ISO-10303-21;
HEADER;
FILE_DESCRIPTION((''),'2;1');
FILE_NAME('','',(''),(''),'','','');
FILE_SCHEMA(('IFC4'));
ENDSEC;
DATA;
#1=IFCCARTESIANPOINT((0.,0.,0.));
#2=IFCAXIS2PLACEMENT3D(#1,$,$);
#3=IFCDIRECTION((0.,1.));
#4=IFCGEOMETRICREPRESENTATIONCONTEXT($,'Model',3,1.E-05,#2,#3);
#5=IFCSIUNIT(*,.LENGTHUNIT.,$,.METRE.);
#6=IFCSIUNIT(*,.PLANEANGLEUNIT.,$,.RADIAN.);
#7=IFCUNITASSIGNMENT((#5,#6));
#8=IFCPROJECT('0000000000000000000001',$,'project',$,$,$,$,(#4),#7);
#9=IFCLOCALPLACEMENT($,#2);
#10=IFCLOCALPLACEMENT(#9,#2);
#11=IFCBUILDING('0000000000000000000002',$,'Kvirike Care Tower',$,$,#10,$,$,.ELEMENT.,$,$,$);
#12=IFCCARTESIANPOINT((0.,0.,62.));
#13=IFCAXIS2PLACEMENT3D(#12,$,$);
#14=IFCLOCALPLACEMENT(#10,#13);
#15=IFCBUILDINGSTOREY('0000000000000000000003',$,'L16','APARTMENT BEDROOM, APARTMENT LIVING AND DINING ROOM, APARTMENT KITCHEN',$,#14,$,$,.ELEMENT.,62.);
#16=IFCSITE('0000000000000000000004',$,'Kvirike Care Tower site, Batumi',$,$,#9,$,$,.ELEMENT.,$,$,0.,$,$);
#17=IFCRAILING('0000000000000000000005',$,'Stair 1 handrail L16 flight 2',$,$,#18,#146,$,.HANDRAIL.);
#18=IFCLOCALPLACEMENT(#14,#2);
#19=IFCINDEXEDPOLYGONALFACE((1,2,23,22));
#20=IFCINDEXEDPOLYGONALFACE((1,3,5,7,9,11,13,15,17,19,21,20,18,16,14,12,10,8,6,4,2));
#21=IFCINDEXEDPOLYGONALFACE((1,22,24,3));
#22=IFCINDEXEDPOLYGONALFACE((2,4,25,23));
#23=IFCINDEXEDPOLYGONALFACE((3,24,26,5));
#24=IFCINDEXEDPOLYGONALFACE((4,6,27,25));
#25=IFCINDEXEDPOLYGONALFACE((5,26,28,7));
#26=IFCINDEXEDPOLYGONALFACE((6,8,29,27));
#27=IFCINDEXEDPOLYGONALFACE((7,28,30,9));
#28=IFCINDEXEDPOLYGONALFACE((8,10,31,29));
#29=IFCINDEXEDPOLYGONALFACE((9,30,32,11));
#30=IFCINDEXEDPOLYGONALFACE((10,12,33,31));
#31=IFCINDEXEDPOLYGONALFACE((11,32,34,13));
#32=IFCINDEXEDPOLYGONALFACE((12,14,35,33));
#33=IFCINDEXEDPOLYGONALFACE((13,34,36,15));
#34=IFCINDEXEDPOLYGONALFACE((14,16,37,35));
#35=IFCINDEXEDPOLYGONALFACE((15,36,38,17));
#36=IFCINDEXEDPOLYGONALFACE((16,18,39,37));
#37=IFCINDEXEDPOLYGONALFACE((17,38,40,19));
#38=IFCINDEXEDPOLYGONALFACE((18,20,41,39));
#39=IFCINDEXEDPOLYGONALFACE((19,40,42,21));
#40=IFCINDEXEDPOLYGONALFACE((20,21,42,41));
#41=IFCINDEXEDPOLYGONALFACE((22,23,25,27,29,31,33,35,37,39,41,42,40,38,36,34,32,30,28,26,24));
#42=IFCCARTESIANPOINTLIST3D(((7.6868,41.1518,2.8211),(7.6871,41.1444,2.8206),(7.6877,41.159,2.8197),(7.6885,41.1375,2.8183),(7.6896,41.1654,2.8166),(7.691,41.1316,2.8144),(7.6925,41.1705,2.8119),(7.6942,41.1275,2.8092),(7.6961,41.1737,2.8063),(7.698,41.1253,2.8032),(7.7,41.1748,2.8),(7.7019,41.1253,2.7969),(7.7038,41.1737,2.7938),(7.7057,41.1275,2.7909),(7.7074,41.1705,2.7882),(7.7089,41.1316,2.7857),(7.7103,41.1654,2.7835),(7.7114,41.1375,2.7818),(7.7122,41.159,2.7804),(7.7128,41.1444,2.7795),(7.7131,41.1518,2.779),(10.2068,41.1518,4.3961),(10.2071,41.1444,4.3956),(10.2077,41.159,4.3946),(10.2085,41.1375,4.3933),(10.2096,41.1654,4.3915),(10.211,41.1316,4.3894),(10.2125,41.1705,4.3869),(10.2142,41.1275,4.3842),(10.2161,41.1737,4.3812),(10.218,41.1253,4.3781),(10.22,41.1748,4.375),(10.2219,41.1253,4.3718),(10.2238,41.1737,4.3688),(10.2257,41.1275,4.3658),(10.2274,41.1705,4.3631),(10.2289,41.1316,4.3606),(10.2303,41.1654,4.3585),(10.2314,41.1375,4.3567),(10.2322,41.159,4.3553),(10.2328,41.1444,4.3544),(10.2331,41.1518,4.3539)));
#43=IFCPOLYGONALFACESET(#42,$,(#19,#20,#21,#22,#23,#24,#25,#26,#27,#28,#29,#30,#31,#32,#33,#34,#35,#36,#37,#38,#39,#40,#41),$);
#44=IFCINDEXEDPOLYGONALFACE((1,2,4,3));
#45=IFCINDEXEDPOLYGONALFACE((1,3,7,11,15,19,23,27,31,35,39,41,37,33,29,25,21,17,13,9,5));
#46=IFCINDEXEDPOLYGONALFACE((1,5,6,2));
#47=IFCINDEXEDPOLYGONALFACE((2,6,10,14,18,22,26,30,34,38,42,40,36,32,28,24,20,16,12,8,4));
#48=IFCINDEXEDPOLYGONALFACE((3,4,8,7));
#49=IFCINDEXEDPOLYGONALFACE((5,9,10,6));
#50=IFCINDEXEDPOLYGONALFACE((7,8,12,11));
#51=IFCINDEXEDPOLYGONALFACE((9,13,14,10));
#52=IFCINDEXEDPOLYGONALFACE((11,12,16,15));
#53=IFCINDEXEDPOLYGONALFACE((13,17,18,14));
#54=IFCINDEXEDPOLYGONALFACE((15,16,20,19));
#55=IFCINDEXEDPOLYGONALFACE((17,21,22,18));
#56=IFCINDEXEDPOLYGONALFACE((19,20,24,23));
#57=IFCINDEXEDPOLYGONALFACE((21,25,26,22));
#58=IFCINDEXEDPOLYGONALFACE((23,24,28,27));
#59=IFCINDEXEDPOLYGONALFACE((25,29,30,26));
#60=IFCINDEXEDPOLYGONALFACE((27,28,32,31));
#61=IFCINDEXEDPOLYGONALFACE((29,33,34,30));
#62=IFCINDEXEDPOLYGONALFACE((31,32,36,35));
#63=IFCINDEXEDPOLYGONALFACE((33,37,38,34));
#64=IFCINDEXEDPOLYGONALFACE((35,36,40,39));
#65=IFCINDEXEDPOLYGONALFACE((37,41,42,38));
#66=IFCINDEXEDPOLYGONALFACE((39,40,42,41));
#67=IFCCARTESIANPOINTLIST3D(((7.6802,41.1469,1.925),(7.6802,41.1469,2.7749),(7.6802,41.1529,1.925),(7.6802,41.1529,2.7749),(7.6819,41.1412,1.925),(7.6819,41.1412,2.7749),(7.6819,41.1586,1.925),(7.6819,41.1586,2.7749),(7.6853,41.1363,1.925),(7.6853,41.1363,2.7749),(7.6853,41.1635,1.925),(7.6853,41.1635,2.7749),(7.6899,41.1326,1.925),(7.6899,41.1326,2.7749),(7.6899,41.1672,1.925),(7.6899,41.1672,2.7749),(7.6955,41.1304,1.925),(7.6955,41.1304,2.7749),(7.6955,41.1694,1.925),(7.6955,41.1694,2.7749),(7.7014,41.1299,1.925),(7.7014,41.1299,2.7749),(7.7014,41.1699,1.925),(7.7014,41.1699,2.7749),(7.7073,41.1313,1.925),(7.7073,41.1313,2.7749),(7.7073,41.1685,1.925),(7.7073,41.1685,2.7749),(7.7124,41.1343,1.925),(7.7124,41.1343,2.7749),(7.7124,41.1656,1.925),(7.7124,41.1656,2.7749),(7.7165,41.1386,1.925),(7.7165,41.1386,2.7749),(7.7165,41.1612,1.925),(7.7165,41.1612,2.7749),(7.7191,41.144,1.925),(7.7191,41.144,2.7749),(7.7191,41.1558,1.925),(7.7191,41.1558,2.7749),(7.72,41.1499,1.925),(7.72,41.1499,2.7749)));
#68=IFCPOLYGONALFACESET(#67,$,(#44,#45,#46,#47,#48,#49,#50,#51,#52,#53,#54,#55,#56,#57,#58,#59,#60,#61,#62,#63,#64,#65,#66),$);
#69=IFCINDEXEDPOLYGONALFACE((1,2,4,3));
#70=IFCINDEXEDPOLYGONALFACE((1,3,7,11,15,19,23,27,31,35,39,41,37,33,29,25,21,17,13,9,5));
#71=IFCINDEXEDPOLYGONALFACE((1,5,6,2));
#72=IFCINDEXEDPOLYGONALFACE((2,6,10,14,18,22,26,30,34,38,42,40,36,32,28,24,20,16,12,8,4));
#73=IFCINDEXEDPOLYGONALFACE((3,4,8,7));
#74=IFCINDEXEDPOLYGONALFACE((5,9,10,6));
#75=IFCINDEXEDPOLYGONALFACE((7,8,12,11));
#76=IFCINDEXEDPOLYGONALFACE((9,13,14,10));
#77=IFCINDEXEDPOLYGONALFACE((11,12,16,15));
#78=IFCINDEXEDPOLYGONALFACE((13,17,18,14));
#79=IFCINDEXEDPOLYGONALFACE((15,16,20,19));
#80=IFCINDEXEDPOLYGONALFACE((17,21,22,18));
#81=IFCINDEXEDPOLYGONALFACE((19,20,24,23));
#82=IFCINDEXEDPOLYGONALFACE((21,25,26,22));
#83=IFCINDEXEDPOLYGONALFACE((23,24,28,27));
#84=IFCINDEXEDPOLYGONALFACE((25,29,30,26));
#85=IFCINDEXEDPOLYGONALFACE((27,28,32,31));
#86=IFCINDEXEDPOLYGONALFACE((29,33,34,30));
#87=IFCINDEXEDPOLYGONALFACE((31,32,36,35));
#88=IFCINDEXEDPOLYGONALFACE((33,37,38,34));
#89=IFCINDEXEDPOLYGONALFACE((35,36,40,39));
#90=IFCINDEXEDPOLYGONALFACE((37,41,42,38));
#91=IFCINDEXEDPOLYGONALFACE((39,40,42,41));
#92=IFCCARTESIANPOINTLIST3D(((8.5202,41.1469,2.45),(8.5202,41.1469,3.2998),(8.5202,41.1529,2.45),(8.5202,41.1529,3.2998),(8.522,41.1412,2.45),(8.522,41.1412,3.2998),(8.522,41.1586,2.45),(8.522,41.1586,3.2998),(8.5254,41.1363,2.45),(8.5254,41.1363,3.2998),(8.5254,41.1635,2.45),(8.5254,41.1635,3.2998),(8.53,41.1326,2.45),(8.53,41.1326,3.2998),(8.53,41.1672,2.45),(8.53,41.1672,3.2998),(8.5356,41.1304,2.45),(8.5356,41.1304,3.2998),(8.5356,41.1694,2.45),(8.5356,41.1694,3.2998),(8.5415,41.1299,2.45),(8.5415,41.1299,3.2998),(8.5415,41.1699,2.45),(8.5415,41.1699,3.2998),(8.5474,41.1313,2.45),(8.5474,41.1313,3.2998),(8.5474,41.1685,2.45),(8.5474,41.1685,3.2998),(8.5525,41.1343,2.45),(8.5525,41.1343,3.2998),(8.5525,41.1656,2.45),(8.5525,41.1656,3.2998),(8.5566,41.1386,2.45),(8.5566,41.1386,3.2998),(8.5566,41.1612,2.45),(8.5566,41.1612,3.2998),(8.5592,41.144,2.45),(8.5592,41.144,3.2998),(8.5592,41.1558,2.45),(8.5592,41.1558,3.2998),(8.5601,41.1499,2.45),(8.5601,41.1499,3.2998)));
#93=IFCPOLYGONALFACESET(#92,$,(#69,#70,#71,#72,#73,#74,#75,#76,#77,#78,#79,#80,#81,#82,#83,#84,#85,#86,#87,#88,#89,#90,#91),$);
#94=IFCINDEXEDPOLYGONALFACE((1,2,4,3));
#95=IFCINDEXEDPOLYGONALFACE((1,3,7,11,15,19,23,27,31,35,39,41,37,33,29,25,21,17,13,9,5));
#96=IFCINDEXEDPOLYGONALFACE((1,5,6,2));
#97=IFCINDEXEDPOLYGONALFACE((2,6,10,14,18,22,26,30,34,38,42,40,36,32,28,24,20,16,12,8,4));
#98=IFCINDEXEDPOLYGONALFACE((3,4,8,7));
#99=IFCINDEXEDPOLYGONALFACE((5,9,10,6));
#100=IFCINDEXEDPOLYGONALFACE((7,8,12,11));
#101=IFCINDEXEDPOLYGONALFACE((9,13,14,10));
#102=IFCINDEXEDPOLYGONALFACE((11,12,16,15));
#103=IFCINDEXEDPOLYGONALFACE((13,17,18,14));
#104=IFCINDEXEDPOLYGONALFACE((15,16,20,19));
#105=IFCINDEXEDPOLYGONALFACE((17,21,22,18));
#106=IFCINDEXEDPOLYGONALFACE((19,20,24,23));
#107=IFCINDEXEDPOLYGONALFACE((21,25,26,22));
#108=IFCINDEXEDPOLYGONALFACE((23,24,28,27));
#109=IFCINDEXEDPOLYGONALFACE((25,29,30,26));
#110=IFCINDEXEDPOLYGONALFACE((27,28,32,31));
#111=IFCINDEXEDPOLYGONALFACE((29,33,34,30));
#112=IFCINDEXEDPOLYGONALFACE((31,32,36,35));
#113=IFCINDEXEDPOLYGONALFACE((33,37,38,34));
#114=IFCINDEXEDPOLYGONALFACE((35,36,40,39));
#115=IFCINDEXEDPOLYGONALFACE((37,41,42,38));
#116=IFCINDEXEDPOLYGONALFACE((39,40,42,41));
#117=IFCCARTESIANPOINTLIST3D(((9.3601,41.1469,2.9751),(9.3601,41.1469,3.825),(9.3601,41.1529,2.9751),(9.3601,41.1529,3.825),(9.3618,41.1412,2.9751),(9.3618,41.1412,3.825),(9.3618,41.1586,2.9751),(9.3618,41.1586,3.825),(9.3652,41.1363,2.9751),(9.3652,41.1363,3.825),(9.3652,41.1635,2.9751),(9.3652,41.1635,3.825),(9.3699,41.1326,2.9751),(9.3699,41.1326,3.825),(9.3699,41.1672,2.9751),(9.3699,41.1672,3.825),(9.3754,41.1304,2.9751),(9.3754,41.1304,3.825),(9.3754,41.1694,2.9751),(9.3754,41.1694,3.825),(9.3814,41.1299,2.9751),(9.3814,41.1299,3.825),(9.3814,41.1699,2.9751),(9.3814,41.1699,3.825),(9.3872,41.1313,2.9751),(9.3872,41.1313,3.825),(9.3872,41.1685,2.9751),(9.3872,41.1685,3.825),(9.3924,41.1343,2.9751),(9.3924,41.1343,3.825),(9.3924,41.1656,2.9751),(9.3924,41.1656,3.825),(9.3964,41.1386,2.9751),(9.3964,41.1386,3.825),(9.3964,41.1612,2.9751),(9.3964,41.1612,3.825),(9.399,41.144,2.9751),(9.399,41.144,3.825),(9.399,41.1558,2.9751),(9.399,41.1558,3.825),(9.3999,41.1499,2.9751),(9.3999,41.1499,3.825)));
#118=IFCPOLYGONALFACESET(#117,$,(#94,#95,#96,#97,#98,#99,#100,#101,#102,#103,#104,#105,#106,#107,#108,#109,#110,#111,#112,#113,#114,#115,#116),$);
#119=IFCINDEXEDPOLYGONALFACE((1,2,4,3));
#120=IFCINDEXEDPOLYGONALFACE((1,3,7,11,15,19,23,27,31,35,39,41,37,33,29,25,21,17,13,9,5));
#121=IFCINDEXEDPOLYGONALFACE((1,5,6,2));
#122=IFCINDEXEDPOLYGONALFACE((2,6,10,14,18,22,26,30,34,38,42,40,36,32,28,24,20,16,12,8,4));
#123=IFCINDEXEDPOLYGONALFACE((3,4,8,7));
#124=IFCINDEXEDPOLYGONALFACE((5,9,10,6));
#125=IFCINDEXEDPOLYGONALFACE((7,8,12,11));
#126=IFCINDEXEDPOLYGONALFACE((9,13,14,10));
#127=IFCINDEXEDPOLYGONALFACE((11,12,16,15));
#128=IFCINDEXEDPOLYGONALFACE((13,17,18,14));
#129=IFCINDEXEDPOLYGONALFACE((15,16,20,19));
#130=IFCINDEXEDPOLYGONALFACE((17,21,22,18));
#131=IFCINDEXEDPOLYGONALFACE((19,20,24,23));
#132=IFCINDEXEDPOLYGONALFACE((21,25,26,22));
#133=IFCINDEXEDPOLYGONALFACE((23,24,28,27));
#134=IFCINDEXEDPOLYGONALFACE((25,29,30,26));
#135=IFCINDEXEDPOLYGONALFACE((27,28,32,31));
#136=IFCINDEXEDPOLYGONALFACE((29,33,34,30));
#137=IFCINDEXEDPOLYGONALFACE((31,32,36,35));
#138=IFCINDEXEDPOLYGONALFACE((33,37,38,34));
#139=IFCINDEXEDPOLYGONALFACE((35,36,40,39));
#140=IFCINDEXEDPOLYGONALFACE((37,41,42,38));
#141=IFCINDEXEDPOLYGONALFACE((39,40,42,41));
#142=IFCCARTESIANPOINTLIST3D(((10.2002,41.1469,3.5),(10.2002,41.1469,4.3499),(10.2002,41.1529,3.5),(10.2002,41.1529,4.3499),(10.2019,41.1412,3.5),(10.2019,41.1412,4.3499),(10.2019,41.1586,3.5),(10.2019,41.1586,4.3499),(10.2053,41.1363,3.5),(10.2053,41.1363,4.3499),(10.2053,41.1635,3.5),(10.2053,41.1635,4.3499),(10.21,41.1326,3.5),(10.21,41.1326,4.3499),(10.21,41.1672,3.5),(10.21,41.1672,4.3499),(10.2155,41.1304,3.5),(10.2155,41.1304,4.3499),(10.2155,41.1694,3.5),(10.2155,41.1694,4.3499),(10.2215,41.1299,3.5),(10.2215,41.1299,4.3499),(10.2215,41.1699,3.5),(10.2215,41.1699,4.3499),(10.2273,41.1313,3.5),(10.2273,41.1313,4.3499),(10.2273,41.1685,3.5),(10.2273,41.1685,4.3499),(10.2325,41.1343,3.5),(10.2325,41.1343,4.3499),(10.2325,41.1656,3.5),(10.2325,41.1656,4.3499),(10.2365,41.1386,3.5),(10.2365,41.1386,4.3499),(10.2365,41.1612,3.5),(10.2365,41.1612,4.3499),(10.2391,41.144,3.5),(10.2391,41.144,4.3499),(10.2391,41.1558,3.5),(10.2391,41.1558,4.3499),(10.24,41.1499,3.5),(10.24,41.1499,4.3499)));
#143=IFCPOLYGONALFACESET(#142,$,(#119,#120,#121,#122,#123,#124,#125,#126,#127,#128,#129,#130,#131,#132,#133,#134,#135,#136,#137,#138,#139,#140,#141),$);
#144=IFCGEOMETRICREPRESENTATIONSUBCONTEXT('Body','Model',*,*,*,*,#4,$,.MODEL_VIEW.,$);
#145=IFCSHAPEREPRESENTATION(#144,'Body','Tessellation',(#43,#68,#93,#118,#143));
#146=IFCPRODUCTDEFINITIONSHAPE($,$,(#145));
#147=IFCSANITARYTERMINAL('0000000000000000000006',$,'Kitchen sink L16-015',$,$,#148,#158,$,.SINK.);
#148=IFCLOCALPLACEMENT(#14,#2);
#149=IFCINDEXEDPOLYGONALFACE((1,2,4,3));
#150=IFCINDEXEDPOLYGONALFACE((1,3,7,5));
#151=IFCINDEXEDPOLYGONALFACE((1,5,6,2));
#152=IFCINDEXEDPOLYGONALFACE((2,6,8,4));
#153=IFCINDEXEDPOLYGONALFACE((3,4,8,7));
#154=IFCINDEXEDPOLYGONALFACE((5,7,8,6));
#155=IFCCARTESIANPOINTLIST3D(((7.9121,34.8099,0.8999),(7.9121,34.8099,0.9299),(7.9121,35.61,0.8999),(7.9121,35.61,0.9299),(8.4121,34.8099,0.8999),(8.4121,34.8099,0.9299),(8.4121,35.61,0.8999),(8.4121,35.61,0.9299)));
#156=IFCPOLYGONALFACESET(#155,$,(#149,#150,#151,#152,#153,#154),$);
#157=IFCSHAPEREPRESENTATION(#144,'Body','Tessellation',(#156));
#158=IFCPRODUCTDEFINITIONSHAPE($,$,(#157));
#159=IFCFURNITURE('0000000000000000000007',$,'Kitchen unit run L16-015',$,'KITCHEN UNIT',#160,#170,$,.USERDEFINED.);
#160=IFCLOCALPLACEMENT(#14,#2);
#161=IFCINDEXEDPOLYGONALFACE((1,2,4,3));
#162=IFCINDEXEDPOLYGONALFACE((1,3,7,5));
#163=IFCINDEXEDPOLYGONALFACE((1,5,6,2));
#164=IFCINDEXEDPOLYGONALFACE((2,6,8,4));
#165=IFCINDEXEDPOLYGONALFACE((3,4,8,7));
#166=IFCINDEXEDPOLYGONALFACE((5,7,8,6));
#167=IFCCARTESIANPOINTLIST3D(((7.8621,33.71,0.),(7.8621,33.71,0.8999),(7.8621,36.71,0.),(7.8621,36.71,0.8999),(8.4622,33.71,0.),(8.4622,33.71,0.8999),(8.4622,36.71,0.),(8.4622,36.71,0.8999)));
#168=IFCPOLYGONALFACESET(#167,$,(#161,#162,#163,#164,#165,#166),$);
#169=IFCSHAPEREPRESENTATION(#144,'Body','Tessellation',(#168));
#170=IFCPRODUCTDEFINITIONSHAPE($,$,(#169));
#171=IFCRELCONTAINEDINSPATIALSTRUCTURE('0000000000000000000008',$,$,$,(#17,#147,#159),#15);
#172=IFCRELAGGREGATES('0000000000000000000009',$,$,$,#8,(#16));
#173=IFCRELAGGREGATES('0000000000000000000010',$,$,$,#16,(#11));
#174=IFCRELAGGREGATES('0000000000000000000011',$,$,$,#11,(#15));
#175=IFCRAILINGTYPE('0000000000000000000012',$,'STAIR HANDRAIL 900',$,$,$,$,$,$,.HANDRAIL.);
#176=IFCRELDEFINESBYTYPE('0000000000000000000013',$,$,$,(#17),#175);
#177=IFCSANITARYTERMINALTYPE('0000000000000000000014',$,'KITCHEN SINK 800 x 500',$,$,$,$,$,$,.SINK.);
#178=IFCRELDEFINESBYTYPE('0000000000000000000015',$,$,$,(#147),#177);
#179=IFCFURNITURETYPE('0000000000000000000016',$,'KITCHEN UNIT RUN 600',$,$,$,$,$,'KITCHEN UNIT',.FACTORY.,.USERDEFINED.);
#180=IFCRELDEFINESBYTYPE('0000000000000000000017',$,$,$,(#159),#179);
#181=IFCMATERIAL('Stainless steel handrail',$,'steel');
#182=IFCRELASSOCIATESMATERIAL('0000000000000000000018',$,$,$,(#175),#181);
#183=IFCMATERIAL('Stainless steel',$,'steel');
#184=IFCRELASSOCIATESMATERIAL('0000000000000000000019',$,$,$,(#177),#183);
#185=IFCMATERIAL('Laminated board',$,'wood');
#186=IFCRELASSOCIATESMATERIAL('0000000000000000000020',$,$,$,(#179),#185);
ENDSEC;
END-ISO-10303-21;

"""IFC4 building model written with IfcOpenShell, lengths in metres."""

from ifc_helpers import new_model, si_unit, direction, frame, origin, origin_2d, place, context, subcontext, project, spatial, rectangle, circle, extrude, material, type_object, element, save


model = new_model("IFC4")

# Units and contexts
model_context = context("Model", 3, precision=1e-05, world=origin(), true_north=direction((0.0, 1.0)))
body_context = subcontext(model_context, "Body", "Model", "MODEL_VIEW")
ifc_project = project(units=[si_unit("LENGTHUNIT", "METRE"), si_unit("PLANEANGLEUNIT", "RADIAN")], contexts=[model_context])

# Site, building, storey
site_placement = place(None, origin())
site = spatial("IfcSite", under=ifc_project, at=site_placement, Name="Kvirike Care Tower site, Batumi", CompositionType="ELEMENT", RefElevation=0.0)
building_placement = place(site_placement, origin())
building = spatial("IfcBuilding", under=site, at=building_placement, Name="Kvirike Care Tower", CompositionType="ELEMENT")
storey_placement = place(building_placement, frame((0.0, 0.0, 62.0)))
storey = spatial("IfcBuildingStorey", under=building, at=storey_placement, Name="L16", Description="APARTMENT BEDROOM, APARTMENT LIVING AND DINING ROOM, APARTMENT KITCHEN", CompositionType="ELEMENT", Elevation=62.0)

# Railing
ifc_material_1 = material(Name="Stainless steel handrail", Category="steel")
railing_type = type_object("IfcRailingType", Name="STAIR HANDRAIL 900", PredefinedType="HANDRAIL", material=ifc_material_1)
railing_1_placement = place(storey_placement, frame((7.7, 41.1499, 1.925)))
element("IfcRailing", 1, at=railing_1_placement, inside=storey, type_object=railing_type, Name="Stair 1 handrail L16 flight 2", PredefinedType="HANDRAIL", context=body_context, shape_type="SweptSolid", body=[
    extrude(circle(Radius=0.0249, at=origin_2d()), frame((0.0, 0.0, 0.875), z_axis=(0.848008, 0.0, 0.529984), x_axis=(0.0, 1.0, 0.0)), (0.0, 0.0, 1.0), 2.9717),
    extrude(circle(Radius=0.02, at=origin_2d()), origin(), (0.0, 0.0, 1.0), 0.8499),
    extrude(circle(Radius=0.02, at=origin_2d()), frame((0.8401, 0.0, 0.5249)), (0.0, 0.0, 1.0), 0.8499),
    extrude(circle(Radius=0.02, at=origin_2d()), frame((1.6799, 0.0, 1.05)), (0.0, 0.0, 1.0), 0.8499),
    extrude(circle(Radius=0.02, at=origin_2d()), frame((2.52, 0.0, 1.575)), (0.0, 0.0, 1.0), 0.8499),
])

# Sanitary terminal
ifc_material_2 = material(Name="Stainless steel", Category="steel")
sanitary_terminal_type = type_object("IfcSanitaryTerminalType", Name="KITCHEN SINK 800 x 500", PredefinedType="SINK", material=ifc_material_2)
sanitary_terminal_placement = place(storey_placement, frame((8.1621, 35.21, 0.8999), z_axis=(0.0, 0.0, 1.0), x_axis=(0.0, 1.0, 0.0)))
element("IfcSanitaryTerminal", 2, at=sanitary_terminal_placement, inside=storey, type_object=sanitary_terminal_type, Name="Kitchen sink L16-015", PredefinedType="SINK", context=body_context, shape_type="SweptSolid", body=[
    extrude(rectangle(XDim=0.8, YDim=0.5, at=origin_2d()), origin(), (0.0, 0.0, 1.0), 0.03),
])

# Furniture
ifc_material_3 = material(Name="Laminated board", Category="wood")
furniture_type = type_object("IfcFurnitureType", Name="KITCHEN UNIT RUN 600", ElementType="KITCHEN UNIT", AssemblyPlace="FACTORY", PredefinedType="USERDEFINED", material=ifc_material_3)
furniture_placement = place(storey_placement, frame((8.1621, 35.21, 0.0), z_axis=(0.0, 0.0, 1.0), x_axis=(0.0, 1.0, 0.0)))
element("IfcFurniture", 3, at=furniture_placement, inside=storey, type_object=furniture_type, Name="Kitchen unit run L16-015", ObjectType="KITCHEN UNIT", PredefinedType="USERDEFINED", context=body_context, shape_type="SweptSolid", body=[
    extrude(rectangle(XDim=3.0, YDim=0.6001, at=origin_2d()), origin(), (0.0, 0.0, 1.0), 0.8999),
])

save(model, "model.ifc")
